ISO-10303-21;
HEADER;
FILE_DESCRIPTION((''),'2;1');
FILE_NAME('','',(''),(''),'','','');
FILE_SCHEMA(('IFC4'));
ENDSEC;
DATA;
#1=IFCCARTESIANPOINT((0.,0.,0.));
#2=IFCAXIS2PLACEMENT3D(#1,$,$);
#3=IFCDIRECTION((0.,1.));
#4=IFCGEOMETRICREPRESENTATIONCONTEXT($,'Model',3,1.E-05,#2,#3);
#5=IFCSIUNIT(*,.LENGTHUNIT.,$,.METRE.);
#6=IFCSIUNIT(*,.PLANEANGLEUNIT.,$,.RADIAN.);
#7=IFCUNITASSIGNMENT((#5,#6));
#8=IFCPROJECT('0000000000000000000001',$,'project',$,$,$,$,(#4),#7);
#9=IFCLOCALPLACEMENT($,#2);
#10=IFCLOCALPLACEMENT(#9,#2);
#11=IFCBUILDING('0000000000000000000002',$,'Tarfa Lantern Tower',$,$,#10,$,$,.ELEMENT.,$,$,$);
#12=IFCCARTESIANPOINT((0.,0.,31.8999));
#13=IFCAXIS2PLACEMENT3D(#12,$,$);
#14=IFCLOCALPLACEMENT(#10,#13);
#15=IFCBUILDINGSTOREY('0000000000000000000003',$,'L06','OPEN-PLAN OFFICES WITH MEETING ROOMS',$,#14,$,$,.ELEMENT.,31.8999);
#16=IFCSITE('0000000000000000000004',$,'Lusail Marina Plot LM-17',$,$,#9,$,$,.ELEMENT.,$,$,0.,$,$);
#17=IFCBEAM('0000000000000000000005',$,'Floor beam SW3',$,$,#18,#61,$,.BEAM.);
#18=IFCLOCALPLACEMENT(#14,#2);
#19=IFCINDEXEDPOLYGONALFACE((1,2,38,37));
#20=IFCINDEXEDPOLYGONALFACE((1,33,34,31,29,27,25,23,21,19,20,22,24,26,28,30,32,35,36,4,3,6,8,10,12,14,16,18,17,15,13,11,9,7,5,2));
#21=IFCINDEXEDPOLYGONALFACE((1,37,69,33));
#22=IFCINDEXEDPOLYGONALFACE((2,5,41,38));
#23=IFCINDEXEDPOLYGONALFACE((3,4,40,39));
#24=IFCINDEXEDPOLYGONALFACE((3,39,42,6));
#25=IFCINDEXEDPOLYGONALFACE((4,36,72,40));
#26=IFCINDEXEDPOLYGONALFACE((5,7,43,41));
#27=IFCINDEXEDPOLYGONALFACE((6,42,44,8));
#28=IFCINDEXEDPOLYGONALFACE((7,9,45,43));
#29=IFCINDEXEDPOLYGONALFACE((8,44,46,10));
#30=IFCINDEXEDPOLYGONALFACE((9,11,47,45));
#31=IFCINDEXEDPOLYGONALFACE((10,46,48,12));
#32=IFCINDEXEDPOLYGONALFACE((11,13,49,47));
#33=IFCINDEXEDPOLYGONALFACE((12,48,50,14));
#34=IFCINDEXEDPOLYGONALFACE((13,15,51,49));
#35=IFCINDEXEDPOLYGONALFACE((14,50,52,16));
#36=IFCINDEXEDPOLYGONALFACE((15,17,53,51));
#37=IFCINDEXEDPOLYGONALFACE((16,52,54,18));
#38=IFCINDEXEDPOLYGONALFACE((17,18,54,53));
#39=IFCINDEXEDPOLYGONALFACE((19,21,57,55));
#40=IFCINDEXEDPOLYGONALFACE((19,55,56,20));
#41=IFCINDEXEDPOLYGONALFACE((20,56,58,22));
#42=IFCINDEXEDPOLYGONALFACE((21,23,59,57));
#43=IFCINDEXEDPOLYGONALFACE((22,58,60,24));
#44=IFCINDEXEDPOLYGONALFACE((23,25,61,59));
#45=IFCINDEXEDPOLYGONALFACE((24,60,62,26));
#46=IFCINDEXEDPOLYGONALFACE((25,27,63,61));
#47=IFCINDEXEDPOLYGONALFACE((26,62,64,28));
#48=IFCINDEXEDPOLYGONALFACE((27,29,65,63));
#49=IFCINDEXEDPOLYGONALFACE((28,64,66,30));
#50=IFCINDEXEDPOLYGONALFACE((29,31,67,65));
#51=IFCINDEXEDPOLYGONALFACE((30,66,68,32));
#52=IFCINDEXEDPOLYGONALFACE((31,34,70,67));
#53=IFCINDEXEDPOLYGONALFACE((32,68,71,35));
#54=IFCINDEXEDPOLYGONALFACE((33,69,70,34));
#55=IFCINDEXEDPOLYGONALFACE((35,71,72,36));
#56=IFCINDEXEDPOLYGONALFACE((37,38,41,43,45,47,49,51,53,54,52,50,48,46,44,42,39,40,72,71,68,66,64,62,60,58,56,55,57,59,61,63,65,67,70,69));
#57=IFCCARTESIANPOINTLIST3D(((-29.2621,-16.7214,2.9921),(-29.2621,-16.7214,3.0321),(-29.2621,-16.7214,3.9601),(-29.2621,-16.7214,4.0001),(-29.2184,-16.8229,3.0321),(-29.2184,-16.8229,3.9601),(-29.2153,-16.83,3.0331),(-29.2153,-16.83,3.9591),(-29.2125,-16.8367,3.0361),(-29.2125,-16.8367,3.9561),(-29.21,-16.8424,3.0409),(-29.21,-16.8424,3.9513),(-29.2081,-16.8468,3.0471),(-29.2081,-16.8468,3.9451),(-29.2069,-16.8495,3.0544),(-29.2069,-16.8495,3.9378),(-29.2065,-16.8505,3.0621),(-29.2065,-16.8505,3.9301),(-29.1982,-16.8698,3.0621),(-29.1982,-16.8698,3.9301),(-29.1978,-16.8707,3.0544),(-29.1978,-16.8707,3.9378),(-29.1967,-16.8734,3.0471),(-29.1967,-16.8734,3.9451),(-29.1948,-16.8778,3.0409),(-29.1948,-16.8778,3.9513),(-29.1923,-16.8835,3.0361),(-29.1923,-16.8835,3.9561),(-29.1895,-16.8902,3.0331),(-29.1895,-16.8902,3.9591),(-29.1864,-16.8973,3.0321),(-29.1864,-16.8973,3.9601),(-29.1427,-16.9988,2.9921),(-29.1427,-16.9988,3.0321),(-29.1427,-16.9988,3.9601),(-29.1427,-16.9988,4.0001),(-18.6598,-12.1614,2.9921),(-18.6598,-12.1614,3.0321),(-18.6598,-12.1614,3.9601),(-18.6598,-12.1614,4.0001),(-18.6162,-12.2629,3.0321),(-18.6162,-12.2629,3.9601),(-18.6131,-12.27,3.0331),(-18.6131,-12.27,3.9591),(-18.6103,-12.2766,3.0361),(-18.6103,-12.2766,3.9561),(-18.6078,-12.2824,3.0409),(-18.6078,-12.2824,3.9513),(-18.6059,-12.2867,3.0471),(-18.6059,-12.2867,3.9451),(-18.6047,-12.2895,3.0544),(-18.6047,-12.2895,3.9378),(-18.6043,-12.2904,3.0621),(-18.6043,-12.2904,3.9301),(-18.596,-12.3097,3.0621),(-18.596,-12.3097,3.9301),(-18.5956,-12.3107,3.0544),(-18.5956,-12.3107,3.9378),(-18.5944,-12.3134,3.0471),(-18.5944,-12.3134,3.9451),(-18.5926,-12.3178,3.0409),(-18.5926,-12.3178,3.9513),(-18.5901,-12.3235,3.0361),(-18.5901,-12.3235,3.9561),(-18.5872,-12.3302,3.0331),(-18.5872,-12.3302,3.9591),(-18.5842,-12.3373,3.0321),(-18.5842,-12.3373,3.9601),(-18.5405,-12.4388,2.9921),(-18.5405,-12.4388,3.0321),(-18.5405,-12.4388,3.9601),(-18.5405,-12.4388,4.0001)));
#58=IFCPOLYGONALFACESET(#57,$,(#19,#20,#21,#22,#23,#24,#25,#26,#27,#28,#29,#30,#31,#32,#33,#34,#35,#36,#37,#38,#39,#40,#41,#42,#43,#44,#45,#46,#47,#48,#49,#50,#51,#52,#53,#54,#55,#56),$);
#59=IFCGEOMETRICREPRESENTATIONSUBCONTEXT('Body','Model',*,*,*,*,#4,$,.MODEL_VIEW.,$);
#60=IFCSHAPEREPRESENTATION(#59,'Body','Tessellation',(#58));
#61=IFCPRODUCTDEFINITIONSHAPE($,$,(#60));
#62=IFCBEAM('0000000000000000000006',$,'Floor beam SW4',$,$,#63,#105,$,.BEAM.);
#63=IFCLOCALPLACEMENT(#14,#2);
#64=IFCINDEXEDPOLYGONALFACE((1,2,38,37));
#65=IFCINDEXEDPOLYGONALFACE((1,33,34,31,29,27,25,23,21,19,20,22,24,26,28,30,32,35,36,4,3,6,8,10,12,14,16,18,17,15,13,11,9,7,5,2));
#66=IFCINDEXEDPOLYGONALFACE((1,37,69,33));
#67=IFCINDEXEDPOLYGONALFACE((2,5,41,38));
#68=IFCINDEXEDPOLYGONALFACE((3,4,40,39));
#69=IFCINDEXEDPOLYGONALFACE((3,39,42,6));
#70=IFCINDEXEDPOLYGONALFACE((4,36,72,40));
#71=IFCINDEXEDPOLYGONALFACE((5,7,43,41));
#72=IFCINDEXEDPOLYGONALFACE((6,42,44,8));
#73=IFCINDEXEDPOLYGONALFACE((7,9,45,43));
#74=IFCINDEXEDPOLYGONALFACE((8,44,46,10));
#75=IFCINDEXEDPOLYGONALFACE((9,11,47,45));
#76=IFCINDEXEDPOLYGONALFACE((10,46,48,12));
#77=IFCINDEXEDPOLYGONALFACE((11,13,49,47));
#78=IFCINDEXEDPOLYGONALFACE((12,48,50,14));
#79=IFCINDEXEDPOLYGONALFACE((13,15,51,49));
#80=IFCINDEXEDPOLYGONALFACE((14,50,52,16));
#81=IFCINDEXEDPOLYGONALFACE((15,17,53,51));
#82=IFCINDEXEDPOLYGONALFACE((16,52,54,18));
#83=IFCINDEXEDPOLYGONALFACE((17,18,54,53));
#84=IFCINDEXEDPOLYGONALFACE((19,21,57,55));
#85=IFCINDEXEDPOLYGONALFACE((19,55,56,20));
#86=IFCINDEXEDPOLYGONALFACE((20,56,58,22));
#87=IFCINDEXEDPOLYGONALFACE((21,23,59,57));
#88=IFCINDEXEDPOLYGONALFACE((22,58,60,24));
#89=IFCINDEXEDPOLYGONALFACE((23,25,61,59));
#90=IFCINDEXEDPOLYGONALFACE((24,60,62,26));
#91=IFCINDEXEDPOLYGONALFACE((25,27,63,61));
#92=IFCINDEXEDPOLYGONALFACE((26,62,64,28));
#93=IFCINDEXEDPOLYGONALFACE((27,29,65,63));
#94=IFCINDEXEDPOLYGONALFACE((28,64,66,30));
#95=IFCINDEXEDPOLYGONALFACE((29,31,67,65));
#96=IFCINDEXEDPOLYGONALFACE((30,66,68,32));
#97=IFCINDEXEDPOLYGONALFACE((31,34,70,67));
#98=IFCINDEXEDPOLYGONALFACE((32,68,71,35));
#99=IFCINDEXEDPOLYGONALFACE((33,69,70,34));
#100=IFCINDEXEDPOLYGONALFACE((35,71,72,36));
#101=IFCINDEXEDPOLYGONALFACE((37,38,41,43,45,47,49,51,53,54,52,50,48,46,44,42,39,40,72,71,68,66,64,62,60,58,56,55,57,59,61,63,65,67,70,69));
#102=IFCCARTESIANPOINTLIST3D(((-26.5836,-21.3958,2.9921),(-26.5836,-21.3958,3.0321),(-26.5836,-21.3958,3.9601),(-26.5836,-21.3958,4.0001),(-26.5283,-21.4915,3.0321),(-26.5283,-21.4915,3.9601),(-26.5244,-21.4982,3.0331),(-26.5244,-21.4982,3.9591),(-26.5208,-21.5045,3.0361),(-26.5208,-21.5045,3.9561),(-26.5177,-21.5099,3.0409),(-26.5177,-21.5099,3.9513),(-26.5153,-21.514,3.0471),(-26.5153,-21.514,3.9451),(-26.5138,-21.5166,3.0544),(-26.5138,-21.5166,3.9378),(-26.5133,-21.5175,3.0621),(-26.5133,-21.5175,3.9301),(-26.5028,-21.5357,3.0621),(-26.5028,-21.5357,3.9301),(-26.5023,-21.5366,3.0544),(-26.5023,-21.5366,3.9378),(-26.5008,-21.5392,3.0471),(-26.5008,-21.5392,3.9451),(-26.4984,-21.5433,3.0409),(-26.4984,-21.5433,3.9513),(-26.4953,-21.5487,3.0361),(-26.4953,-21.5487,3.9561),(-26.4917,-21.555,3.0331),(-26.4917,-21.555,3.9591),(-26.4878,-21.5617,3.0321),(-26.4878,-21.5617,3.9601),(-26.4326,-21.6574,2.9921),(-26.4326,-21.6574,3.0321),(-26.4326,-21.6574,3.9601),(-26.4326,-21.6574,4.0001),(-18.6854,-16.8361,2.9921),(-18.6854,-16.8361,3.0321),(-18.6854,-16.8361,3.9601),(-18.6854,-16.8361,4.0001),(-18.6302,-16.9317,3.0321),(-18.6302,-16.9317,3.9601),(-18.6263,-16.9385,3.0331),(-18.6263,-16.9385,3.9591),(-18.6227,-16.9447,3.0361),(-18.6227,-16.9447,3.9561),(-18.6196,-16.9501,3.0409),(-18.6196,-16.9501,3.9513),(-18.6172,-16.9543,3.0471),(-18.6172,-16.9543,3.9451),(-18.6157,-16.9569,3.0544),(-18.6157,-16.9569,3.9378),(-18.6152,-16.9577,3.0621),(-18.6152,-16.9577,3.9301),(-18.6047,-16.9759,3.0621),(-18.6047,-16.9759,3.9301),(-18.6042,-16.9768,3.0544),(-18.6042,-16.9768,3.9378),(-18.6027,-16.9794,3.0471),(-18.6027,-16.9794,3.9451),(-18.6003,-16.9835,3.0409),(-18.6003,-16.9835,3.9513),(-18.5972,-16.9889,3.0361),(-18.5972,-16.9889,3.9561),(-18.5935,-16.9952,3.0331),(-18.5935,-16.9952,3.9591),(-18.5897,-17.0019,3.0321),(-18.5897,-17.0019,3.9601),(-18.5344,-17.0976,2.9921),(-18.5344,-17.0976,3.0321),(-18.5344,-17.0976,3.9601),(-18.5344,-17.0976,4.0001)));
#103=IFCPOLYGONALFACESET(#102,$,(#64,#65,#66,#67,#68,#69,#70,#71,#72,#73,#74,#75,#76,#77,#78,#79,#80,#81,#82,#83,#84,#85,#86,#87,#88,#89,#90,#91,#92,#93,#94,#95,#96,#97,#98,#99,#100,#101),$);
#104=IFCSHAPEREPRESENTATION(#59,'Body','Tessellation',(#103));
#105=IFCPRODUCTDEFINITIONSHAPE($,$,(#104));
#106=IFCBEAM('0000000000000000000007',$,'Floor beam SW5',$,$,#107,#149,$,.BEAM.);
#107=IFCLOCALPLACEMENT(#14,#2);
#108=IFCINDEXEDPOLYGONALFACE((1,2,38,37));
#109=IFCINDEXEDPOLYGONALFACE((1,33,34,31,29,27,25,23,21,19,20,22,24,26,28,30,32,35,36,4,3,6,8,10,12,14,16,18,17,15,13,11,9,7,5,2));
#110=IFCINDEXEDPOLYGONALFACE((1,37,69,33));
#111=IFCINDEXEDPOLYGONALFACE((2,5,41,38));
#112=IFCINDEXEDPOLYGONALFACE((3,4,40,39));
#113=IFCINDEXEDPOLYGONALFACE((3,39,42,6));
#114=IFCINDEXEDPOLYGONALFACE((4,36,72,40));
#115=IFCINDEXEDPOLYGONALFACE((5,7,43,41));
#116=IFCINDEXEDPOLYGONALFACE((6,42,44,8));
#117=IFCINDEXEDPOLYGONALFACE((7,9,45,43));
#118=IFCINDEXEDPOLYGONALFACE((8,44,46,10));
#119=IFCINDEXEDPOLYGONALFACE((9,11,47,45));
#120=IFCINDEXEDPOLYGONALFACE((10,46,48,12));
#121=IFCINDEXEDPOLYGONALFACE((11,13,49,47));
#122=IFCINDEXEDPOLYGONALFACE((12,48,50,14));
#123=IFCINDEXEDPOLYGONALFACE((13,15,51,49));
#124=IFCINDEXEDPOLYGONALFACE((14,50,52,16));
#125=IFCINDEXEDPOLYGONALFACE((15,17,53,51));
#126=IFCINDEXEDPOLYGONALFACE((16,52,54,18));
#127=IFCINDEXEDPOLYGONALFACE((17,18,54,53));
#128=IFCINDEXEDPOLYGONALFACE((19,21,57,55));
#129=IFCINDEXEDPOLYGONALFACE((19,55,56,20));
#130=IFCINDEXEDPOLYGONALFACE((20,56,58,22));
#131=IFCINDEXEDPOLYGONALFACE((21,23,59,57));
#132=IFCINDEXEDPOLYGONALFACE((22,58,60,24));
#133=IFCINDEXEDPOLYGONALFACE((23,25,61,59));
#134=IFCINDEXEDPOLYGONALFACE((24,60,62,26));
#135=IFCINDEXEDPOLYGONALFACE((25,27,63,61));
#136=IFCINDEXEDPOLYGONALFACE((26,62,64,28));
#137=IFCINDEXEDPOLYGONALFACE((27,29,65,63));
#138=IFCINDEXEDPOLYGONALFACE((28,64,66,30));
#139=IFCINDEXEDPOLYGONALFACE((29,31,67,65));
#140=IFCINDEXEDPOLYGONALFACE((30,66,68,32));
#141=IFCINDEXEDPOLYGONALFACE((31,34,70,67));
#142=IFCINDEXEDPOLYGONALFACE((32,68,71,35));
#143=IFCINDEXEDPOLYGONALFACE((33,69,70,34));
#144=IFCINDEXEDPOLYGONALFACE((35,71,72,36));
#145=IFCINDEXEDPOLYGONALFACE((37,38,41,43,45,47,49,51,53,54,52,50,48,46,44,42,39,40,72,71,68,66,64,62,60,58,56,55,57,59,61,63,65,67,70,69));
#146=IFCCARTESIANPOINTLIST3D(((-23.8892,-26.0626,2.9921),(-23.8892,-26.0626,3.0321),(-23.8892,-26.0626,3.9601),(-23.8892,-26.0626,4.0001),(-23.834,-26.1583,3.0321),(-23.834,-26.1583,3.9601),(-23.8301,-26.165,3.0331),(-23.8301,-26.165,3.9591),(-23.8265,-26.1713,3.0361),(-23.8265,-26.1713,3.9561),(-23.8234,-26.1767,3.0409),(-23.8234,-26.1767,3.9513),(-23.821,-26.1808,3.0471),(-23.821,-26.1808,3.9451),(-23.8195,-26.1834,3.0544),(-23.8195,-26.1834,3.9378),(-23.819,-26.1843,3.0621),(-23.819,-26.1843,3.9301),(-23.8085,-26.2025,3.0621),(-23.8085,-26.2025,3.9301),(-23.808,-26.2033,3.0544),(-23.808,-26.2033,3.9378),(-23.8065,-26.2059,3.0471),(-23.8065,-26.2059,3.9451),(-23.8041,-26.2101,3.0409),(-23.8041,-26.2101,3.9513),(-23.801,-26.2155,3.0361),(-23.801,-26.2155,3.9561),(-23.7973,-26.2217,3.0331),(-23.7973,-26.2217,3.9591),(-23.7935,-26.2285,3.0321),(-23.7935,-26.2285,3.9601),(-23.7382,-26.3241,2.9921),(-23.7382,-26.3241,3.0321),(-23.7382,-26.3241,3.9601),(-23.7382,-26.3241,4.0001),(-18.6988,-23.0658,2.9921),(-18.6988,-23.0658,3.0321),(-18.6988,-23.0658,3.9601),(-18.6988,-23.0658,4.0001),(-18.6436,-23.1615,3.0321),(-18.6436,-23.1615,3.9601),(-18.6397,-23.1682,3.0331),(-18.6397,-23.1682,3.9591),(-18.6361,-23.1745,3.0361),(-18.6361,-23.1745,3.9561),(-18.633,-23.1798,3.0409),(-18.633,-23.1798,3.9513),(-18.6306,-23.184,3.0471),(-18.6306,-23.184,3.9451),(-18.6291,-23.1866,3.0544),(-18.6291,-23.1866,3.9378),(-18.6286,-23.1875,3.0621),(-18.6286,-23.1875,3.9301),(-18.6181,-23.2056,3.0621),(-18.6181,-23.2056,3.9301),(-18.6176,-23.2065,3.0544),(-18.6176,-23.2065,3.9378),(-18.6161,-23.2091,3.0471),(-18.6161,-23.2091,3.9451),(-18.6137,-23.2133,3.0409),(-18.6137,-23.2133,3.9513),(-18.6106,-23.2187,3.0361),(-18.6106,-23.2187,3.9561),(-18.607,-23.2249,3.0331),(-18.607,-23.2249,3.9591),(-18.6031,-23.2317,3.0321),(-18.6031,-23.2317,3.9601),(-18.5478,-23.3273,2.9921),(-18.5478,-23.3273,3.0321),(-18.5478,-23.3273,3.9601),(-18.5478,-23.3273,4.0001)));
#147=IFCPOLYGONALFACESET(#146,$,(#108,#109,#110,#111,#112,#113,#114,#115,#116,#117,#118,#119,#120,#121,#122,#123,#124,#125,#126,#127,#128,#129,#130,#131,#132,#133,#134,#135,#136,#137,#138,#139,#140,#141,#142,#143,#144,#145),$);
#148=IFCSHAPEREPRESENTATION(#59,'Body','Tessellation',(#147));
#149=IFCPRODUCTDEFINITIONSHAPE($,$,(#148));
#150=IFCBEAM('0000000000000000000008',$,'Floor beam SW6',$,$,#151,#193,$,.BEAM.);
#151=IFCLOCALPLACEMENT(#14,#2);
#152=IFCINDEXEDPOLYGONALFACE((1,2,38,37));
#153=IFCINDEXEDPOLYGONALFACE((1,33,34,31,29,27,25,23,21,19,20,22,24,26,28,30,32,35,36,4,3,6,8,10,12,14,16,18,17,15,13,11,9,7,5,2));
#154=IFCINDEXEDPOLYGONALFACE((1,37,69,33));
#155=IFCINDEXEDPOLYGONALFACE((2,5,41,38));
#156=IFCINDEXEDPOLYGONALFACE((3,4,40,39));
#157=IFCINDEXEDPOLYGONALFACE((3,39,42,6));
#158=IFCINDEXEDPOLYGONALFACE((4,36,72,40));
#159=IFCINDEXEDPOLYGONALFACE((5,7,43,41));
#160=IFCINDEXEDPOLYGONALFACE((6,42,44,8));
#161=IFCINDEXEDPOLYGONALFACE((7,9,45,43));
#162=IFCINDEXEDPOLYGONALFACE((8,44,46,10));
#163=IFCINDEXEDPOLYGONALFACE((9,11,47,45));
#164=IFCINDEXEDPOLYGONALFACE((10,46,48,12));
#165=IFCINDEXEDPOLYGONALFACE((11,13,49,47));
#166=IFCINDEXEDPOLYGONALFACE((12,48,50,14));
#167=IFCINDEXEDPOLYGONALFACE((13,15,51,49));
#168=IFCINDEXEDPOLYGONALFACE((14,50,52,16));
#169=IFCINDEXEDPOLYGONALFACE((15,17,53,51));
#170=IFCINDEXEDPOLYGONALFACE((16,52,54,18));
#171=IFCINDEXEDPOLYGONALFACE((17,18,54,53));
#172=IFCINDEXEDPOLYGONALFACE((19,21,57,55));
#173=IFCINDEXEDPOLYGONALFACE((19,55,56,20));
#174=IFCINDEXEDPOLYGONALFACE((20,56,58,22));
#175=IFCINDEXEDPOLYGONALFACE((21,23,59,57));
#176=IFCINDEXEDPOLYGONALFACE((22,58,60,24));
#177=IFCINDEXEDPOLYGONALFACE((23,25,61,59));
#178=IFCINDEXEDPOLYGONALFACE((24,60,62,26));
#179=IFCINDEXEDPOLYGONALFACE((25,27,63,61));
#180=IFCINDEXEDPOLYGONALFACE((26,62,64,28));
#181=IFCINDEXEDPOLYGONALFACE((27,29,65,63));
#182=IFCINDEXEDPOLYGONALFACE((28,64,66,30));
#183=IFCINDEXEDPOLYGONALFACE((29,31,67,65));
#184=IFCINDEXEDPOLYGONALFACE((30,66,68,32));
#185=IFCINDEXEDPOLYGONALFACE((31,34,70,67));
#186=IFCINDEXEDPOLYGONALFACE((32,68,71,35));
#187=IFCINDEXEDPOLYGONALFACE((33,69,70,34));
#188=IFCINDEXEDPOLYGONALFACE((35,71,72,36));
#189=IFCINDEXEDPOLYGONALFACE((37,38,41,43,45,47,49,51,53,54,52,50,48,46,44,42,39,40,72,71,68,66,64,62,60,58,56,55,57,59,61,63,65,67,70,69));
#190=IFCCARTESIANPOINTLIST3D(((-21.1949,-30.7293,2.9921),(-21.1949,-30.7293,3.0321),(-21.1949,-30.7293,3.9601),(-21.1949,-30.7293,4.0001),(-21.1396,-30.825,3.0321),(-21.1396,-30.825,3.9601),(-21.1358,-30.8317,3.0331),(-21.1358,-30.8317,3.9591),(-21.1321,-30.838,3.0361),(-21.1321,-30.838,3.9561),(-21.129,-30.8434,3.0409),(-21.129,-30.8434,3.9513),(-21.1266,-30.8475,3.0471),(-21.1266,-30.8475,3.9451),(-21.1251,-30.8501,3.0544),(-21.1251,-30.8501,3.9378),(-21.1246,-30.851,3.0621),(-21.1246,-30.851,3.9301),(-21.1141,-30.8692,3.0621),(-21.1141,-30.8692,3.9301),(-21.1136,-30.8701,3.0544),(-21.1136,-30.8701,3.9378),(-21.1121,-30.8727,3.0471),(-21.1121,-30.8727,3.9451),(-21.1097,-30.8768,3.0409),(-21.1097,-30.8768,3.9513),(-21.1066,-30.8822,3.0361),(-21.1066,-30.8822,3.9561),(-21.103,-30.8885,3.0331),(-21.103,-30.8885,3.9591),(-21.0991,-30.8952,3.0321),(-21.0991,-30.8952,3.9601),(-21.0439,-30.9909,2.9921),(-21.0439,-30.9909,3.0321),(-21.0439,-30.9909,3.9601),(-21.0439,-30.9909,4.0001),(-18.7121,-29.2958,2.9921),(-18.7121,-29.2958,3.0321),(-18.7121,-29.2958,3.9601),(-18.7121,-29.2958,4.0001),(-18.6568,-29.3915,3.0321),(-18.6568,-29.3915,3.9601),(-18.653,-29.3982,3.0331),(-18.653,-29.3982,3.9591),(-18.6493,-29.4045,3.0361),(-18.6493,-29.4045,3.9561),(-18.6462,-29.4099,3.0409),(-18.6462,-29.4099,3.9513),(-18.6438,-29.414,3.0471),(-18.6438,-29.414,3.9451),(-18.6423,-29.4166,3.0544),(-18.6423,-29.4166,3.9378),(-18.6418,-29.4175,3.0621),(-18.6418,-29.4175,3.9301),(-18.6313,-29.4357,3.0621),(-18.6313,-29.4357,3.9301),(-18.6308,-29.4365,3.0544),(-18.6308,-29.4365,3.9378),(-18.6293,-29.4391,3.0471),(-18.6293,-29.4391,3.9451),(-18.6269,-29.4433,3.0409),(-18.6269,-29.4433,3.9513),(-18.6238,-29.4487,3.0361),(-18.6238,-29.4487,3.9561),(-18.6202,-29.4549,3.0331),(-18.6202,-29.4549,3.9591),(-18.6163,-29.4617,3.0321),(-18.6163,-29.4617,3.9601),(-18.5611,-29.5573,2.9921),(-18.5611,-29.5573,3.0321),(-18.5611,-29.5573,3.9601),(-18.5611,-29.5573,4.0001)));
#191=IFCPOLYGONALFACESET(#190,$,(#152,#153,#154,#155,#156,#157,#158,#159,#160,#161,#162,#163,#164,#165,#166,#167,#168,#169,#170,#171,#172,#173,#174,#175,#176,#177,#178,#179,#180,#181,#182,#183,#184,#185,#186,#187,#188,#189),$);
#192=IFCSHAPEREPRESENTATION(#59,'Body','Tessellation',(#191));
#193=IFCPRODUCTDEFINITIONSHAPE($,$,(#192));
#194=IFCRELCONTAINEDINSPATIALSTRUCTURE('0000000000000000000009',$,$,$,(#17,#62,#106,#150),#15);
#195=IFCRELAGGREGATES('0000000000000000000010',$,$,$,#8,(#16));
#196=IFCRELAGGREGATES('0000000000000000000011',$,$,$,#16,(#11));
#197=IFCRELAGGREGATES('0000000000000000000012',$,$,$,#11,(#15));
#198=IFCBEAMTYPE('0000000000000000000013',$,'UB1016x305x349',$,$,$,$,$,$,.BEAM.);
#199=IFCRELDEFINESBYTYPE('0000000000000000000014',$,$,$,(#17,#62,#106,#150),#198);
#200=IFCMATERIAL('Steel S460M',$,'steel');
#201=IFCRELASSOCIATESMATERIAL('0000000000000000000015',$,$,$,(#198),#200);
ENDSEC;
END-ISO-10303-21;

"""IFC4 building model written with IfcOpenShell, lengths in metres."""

from ifc_helpers import new_model, si_unit, direction, frame, origin, origin_2d, place, context, subcontext, project, spatial, i_section, extrude, material, material_profile, profile_set, type_object, element, save


model = new_model("IFC4")

# Units and contexts
model_context = context("Model", 3, precision=1e-05, world=origin(), true_north=direction((0.0, 1.0)))
body_context = subcontext(model_context, "Body", "Model", "MODEL_VIEW")
ifc_project = project(units=[si_unit("LENGTHUNIT", "METRE"), si_unit("PLANEANGLEUNIT", "RADIAN")], contexts=[model_context])

# Site, building, storey
site_placement = place(None, origin())
site = spatial("IfcSite", under=ifc_project, at=site_placement, Name="Lusail Marina Plot LM-17", CompositionType="ELEMENT", RefElevation=0.0)
building_placement = place(site_placement, origin())
building = spatial("IfcBuilding", under=site, at=building_placement, Name="Tarfa Lantern Tower", CompositionType="ELEMENT")
storey_placement = place(building_placement, frame((0.0, 0.0, 31.8999)))
storey = spatial("IfcBuildingStorey", under=building, at=storey_placement, Name="L06", Description="OPEN-PLAN OFFICES WITH MEETING ROOMS", CompositionType="ELEMENT", Elevation=31.8999)

# Beams
ifc_material_1 = material(Name="Steel S460M", Category="steel")
ifc_material_profile_1 = material_profile(ifc_material_1, i_section(OverallWidth=0.302, OverallDepth=1.0081, WebThickness=0.021, FlangeThickness=0.04, FilletRadius=0.03, at=origin_2d()), Name="UB1016x305x349")
ifc_profile_set_1 = profile_set([ifc_material_profile_1], Name="Steel S460M")
beam_type_1 = type_object("IfcBeamType", Name="UB1016x305x349", PredefinedType="BEAM", material=ifc_profile_set_1)
beam_1_placement = place(storey_placement, frame((-29.2024, -16.8601, 3.4961), z_axis=(0.918635, 0.395106, 0.0), x_axis=(-0.395106, 0.918635, 0.0)))
element("IfcBeam", 1, at=beam_1_placement, inside=storey, type_object=beam_type_1, Name="Floor beam SW3", PredefinedType="BEAM", context=body_context, shape_type="SweptSolid", body=[
    extrude(i_section(OverallWidth=0.302, OverallDepth=1.0081, WebThickness=0.021, FlangeThickness=0.04, FilletRadius=0.03, at=origin_2d()), origin(), (0.0, 0.0, 1.0), 11.5413),
])
beam_2_placement = place(storey_placement, frame((-26.5081, -21.5266, 3.4961), z_axis=(0.866035, 0.499983, 0.0), x_axis=(-0.499983, 0.866035, 0.0)))
element("IfcBeam", 2, at=beam_2_placement, inside=storey, type_object=beam_type_1, Name="Floor beam SW4", PredefinedType="BEAM", context=body_context, shape_type="SweptSolid", body=[
    extrude(i_section(OverallWidth=0.302, OverallDepth=1.0081, WebThickness=0.021, FlangeThickness=0.04, FilletRadius=0.03, at=origin_2d()), origin(), (0.0, 0.0, 1.0), 9.1199),
])
beam_3_placement = place(storey_placement, frame((-23.8137, -26.1934, 3.4961), z_axis=(0.866016, 0.500016, 0.0), x_axis=(-0.500016, 0.866016, 0.0)))
element("IfcBeam", 3, at=beam_3_placement, inside=storey, type_object=beam_type_1, Name="Floor beam SW5", PredefinedType="BEAM", context=body_context, shape_type="SweptSolid", body=[
    extrude(i_section(OverallWidth=0.302, OverallDepth=1.0081, WebThickness=0.021, FlangeThickness=0.04, FilletRadius=0.03, at=origin_2d()), origin(), (0.0, 0.0, 1.0), 5.9934),
])
beam_4_placement = place(storey_placement, frame((-21.1194, -30.8601, 3.4961), z_axis=(0.866013, 0.500022, 0.0), x_axis=(-0.500022, 0.866013, 0.0)))
element("IfcBeam", 4, at=beam_4_placement, inside=storey, type_object=beam_type_1, Name="Floor beam SW6", PredefinedType="BEAM", context=body_context, shape_type="SweptSolid", body=[
    extrude(i_section(OverallWidth=0.302, OverallDepth=1.0081, WebThickness=0.021, FlangeThickness=0.04, FilletRadius=0.03, at=origin_2d()), origin(), (0.0, 0.0, 1.0), 2.8669),
])

save(model, "model.ifc")
